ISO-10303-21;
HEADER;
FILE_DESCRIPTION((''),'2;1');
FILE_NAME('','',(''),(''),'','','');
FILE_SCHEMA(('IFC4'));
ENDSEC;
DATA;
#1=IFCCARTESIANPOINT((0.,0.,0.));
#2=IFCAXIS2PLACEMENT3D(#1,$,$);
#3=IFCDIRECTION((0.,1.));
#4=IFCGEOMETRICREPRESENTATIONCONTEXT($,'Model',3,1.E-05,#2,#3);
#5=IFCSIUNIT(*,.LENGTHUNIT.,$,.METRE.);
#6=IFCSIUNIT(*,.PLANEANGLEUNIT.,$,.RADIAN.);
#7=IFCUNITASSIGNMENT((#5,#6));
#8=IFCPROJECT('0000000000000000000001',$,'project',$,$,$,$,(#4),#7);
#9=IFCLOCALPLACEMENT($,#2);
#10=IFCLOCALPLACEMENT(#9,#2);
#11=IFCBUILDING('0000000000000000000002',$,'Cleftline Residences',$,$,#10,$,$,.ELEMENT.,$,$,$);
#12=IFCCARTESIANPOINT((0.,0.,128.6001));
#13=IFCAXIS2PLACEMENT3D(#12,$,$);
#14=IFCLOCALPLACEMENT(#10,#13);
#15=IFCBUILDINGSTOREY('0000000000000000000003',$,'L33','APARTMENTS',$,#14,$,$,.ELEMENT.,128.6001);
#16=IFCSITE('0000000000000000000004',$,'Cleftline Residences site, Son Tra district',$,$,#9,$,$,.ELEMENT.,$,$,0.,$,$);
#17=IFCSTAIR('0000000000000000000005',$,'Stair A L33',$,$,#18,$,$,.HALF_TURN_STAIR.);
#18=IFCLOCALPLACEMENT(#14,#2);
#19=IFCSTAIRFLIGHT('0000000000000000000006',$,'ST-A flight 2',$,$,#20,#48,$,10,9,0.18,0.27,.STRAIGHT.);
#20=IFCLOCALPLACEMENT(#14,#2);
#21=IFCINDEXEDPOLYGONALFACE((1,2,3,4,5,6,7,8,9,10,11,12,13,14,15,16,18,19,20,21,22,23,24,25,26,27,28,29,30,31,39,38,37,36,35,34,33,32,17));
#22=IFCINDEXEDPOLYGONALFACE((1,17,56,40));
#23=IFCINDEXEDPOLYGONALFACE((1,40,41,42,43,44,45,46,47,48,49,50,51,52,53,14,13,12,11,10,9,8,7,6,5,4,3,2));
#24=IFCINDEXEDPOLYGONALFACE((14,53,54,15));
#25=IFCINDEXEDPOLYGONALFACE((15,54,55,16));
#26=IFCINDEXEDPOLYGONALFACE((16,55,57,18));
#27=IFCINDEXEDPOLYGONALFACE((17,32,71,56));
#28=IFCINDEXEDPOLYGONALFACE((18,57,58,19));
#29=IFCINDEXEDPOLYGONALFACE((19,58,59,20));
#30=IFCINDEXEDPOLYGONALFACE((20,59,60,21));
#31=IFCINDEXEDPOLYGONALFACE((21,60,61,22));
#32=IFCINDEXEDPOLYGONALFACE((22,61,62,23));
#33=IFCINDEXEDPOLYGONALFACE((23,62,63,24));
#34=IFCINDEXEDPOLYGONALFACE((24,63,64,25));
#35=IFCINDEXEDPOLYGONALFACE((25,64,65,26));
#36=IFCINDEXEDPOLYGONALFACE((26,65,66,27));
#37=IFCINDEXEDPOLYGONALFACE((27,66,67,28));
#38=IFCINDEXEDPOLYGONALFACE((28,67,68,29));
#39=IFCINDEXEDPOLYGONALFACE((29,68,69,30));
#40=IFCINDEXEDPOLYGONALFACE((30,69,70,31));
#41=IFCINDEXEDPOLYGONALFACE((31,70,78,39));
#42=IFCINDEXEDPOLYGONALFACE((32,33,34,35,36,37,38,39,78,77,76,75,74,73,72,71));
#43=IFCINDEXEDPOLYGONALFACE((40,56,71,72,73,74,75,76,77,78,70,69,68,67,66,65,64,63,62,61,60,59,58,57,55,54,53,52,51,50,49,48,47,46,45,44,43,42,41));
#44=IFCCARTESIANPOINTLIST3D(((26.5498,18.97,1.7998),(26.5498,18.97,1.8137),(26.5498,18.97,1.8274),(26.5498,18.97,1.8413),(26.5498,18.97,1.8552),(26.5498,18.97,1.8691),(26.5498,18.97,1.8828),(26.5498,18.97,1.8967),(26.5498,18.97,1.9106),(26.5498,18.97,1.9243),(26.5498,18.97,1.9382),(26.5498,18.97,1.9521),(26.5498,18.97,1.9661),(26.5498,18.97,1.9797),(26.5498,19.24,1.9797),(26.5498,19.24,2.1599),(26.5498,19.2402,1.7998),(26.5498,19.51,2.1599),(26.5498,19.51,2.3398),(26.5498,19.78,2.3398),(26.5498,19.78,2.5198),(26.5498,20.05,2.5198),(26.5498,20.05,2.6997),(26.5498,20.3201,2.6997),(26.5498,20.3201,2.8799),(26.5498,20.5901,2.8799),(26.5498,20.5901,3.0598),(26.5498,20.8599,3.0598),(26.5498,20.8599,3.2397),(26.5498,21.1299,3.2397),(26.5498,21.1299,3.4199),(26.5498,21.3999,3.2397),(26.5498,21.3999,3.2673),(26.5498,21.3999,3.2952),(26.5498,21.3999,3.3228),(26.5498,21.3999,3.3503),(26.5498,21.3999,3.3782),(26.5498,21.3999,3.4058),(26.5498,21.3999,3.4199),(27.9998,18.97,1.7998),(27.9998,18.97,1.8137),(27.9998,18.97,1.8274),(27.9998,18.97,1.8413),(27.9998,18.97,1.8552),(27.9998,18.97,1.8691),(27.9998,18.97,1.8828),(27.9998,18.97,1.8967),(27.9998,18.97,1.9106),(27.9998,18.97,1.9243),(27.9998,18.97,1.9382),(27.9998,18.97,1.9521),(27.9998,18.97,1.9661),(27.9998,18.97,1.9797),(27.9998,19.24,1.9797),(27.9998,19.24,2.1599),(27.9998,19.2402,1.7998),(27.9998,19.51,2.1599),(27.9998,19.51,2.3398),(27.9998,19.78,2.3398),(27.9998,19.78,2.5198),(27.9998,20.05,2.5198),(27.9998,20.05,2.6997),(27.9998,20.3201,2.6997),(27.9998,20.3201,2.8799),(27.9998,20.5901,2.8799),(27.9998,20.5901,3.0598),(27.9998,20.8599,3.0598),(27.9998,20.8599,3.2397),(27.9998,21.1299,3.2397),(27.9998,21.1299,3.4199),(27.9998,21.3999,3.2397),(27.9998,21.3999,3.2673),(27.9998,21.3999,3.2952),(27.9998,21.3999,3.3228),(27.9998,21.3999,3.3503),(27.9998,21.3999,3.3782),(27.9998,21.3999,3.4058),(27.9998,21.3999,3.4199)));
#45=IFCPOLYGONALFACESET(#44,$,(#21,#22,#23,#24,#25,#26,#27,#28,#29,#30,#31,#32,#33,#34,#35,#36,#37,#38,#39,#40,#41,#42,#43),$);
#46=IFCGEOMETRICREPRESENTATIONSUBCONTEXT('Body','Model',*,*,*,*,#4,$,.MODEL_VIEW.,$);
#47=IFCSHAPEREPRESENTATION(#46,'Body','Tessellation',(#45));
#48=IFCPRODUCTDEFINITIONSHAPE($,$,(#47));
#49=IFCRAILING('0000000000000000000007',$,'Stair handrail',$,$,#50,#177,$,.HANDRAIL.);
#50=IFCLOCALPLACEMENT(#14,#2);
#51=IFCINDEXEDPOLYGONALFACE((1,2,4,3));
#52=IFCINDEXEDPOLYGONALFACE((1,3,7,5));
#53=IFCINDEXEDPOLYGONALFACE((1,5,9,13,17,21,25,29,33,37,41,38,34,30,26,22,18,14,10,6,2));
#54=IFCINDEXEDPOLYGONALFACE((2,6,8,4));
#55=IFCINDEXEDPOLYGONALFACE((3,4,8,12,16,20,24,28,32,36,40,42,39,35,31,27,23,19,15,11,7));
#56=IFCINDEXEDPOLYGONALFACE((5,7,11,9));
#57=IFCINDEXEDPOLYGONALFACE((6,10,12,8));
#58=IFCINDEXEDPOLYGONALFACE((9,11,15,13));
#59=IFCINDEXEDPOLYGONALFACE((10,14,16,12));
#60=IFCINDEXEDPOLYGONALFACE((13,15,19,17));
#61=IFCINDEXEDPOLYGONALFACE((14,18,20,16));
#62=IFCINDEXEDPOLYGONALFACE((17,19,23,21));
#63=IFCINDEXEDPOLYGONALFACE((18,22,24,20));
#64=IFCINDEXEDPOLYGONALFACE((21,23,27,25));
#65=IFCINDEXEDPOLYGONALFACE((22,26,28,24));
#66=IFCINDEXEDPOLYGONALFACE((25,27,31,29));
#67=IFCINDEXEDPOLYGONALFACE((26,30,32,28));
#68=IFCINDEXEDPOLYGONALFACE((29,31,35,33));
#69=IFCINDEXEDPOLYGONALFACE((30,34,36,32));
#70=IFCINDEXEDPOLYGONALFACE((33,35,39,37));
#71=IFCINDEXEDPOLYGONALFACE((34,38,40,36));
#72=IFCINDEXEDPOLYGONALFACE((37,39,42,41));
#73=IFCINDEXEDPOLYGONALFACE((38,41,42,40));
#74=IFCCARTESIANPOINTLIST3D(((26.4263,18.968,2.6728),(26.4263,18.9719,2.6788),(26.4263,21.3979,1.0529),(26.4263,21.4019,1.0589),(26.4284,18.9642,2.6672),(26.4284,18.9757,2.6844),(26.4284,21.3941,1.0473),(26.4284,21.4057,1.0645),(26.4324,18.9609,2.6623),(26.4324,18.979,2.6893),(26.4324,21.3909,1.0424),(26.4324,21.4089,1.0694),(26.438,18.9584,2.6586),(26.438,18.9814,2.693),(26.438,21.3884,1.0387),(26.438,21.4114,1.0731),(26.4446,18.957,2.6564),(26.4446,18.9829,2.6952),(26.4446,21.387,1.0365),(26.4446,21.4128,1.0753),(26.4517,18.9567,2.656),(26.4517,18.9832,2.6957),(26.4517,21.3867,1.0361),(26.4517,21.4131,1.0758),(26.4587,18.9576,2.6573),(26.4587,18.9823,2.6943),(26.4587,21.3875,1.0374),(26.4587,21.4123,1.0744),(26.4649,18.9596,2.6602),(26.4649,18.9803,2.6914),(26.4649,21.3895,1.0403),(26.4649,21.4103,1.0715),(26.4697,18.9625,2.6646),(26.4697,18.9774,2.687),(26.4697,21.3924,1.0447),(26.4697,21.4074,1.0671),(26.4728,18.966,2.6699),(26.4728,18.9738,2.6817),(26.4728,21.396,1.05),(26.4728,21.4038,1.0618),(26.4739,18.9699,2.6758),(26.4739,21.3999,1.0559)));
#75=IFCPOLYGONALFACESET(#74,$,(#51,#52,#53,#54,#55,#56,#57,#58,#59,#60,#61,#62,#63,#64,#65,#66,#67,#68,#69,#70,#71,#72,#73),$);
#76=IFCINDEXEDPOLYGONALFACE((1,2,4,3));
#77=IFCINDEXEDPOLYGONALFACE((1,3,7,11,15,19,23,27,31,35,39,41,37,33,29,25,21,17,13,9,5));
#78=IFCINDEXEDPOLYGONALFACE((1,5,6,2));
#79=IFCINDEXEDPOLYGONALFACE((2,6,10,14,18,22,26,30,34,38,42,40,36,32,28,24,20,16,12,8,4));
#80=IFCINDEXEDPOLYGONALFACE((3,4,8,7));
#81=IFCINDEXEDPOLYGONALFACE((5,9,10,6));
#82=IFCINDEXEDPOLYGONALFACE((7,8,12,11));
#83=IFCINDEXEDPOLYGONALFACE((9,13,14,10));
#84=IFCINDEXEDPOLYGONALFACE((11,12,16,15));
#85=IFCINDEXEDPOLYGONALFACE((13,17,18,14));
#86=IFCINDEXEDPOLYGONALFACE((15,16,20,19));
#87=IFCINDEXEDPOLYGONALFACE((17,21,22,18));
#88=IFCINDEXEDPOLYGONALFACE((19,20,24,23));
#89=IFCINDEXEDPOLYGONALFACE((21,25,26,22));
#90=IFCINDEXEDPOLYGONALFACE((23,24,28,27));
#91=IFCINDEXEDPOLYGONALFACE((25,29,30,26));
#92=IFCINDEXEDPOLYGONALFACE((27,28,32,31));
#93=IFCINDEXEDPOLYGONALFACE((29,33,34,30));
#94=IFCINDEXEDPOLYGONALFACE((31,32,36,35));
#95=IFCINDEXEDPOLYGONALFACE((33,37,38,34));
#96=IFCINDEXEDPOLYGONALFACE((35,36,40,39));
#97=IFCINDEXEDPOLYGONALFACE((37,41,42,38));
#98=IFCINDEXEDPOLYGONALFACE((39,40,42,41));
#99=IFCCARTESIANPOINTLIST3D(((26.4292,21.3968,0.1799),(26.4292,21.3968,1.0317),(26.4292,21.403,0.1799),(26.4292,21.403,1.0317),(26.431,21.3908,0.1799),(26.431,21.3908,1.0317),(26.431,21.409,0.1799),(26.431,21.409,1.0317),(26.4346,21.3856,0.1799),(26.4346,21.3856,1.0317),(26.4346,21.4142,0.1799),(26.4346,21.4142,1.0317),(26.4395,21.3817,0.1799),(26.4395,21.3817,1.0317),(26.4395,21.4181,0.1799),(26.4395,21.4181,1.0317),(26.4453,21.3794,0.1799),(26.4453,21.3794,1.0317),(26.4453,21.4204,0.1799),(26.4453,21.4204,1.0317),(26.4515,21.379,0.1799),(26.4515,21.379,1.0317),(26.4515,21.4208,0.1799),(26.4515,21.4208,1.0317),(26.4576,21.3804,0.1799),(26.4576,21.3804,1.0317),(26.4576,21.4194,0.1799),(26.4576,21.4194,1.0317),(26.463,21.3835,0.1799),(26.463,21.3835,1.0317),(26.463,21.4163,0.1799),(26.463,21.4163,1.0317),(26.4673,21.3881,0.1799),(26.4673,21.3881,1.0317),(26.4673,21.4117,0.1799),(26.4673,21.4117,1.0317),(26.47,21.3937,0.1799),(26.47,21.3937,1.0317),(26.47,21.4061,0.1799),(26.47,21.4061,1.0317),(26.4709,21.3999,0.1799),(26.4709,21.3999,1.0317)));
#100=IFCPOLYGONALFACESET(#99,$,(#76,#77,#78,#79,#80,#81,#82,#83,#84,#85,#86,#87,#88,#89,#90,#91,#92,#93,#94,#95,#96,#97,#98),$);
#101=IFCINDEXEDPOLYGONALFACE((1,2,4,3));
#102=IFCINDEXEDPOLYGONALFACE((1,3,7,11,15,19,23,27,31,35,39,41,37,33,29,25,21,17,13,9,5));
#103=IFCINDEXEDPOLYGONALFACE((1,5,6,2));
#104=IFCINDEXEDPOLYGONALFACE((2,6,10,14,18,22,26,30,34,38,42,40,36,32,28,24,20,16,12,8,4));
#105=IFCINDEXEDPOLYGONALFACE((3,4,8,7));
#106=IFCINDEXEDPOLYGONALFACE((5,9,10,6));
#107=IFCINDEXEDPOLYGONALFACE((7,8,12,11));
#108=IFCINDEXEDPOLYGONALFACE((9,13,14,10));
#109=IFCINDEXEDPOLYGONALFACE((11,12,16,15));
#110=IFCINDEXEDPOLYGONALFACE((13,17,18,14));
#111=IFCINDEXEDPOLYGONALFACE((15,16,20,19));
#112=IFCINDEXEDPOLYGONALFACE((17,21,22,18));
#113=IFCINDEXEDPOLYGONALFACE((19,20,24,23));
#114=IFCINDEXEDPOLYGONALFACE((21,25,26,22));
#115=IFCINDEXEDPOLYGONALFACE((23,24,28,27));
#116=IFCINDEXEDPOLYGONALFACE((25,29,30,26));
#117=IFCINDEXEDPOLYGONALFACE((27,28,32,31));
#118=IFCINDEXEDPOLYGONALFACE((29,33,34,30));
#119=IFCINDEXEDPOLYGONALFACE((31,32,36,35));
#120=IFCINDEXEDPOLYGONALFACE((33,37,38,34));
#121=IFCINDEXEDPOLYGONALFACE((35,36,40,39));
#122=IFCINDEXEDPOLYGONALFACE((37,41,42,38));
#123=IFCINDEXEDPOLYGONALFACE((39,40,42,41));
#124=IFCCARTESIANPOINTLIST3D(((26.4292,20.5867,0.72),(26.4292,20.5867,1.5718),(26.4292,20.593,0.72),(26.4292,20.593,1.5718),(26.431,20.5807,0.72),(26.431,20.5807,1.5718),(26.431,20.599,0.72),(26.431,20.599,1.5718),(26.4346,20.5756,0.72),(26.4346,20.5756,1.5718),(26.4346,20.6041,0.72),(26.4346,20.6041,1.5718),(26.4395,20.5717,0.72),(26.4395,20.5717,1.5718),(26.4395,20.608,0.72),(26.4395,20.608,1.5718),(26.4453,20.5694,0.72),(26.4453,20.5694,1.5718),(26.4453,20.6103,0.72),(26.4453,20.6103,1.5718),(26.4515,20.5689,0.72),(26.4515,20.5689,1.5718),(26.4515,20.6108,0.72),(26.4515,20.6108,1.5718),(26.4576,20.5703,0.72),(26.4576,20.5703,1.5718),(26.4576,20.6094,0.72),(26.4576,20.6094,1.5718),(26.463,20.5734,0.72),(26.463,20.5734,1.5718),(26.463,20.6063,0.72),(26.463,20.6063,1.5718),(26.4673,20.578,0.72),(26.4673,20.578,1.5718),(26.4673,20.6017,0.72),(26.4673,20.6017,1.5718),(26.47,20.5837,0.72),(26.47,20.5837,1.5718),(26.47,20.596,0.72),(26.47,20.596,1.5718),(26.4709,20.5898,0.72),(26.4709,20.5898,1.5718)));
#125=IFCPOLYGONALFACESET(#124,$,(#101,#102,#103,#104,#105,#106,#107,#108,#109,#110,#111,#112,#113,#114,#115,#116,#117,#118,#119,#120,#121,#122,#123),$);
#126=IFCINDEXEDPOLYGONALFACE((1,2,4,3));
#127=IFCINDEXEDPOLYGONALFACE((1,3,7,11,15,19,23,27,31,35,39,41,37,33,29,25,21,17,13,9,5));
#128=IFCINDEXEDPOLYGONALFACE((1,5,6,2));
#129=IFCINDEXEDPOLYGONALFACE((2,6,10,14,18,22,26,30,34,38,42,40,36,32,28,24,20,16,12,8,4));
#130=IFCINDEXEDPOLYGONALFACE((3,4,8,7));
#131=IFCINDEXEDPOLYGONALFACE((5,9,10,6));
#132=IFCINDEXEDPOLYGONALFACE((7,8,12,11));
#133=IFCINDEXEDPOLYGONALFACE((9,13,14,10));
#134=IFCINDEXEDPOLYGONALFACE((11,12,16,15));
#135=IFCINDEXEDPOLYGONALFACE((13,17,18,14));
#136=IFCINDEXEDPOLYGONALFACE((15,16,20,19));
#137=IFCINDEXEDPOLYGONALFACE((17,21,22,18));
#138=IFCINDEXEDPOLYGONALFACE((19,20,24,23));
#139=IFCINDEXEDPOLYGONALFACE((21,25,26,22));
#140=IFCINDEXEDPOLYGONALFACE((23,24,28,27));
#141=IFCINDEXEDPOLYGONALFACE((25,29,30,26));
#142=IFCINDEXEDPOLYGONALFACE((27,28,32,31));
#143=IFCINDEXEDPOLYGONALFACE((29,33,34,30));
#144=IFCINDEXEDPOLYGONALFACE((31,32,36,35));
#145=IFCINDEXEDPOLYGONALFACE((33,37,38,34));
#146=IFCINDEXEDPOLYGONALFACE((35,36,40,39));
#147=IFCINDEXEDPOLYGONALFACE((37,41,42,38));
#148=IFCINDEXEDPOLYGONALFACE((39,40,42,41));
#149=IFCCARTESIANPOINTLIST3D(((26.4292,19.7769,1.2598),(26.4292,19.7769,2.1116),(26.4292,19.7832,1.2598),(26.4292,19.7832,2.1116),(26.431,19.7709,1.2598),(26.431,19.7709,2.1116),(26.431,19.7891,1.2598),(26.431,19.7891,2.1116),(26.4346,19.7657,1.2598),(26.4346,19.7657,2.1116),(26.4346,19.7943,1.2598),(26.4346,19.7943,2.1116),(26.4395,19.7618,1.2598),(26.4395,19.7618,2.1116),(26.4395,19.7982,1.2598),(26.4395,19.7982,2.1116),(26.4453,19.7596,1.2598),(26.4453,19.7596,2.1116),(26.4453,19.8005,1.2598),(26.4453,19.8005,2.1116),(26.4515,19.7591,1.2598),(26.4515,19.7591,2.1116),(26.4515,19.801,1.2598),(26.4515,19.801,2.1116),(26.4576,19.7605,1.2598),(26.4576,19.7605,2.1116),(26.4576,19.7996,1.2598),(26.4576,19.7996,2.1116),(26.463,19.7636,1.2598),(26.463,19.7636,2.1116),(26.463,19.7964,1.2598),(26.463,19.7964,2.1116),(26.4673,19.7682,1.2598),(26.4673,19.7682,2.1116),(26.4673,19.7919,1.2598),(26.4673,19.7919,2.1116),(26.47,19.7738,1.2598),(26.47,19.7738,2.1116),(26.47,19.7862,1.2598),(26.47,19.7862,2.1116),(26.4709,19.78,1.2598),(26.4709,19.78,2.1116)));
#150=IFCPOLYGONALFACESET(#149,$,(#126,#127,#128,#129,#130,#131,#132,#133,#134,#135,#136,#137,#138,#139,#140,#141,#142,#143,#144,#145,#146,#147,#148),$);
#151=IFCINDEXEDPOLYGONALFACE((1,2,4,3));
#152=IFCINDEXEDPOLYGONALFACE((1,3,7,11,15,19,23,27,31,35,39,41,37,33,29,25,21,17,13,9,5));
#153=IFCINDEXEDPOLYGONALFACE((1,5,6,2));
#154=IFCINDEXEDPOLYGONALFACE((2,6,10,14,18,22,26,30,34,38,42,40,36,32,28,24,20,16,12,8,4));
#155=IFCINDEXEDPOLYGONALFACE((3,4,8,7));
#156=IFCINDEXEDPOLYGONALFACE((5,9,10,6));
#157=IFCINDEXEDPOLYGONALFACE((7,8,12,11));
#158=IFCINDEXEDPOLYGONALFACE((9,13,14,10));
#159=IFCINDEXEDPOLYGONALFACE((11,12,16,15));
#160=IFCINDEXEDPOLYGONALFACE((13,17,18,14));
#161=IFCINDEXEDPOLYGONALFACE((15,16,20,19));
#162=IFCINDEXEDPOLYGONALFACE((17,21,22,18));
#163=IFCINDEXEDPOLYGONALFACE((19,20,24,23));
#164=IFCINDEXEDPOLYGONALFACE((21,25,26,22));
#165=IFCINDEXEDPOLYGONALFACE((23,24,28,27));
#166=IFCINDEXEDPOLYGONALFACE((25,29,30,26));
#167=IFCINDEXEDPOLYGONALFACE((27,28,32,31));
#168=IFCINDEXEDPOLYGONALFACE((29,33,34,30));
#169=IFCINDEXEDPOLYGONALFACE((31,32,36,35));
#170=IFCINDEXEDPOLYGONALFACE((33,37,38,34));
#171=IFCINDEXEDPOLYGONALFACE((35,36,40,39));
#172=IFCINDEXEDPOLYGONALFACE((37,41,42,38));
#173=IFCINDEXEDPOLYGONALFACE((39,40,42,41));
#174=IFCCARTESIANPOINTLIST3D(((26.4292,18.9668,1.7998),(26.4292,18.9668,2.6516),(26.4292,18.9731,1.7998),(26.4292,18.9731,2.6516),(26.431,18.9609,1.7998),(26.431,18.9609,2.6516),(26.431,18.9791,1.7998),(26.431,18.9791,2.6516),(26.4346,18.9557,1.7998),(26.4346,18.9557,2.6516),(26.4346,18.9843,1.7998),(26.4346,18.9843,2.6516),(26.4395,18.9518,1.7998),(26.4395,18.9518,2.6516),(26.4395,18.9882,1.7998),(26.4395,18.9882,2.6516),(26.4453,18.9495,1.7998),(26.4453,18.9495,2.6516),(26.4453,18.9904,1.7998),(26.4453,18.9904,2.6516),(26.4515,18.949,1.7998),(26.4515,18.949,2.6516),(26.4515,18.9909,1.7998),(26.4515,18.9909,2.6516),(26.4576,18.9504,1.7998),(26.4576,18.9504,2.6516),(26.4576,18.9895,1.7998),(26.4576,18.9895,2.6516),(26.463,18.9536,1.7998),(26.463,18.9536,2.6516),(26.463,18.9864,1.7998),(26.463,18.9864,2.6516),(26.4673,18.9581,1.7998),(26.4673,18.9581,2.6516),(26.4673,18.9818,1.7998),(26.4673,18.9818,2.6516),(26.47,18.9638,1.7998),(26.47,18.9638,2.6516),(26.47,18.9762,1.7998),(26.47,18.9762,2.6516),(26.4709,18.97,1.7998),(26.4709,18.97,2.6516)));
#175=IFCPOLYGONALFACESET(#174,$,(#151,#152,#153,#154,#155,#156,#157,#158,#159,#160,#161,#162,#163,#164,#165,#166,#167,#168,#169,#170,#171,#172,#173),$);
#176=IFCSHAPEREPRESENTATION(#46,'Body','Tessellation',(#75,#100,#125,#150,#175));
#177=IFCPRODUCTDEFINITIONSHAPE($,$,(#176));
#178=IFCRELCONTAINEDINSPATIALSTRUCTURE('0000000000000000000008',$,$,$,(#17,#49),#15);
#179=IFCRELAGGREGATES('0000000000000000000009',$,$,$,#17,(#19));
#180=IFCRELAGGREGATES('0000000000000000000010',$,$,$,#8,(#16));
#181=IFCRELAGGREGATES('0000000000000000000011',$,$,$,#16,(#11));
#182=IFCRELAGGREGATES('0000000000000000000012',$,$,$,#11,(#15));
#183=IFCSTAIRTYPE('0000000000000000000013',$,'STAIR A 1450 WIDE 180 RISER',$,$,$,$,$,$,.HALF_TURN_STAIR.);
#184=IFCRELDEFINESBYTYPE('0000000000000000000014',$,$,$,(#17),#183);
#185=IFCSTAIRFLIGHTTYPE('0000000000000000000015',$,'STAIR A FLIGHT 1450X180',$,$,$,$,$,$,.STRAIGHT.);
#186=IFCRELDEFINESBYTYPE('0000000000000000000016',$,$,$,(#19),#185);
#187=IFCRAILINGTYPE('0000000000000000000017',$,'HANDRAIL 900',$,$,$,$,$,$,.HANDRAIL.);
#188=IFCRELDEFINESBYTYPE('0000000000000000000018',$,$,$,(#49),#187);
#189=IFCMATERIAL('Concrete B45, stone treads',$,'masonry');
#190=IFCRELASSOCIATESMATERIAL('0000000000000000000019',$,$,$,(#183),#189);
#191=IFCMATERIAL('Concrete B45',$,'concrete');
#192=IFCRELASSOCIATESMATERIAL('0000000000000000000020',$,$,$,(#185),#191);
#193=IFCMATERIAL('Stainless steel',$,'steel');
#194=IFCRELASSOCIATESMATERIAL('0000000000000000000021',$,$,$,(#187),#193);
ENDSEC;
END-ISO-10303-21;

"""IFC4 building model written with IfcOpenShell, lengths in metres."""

from ifc_helpers import new_model, si_unit, direction, frame, origin, origin_2d, place, context, subcontext, project, spatial, polyline, circle, outline, extrude, material, type_object, element, aggregate, save


model = new_model("IFC4")

# Units and contexts
model_context = context("Model", 3, precision=1e-05, world=origin(), true_north=direction((0.0, 1.0)))
body_context = subcontext(model_context, "Body", "Model", "MODEL_VIEW")
ifc_project = project(units=[si_unit("LENGTHUNIT", "METRE"), si_unit("PLANEANGLEUNIT", "RADIAN")], contexts=[model_context])

# Site, building, storey
site_placement = place(None, origin())
site = spatial("IfcSite", under=ifc_project, at=site_placement, Name="Cleftline Residences site, Son Tra district", CompositionType="ELEMENT", RefElevation=0.0)
building_placement = place(site_placement, origin())
building = spatial("IfcBuilding", under=site, at=building_placement, Name="Cleftline Residences", CompositionType="ELEMENT")
storey_placement = place(building_placement, frame((0.0, 0.0, 128.6001)))
storey = spatial("IfcBuildingStorey", under=building, at=storey_placement, Name="L33", Description="APARTMENTS", CompositionType="ELEMENT", Elevation=128.6001)

# Stair, stair flight
ifc_material_1 = material(Name="Concrete B45, stone treads", Category="masonry")
stair_type = type_object("IfcStairType", Name="STAIR A 1450 WIDE 180 RISER", PredefinedType="HALF_TURN_STAIR", material=ifc_material_1)
stair_placement = place(storey_placement, origin())
stair = element("IfcStair", 1, at=stair_placement, inside=storey, type_object=stair_type, Name="Stair A L33", PredefinedType="HALF_TURN_STAIR")
ifc_material_2 = material(Name="Concrete B45", Category="concrete")
stair_flight_type = type_object("IfcStairFlightType", Name="STAIR A FLIGHT 1450X180", PredefinedType="STRAIGHT", material=ifc_material_2)
stair_flight_1_placement = place(storey_placement, frame((27.2749, 18.97, 1.7998), z_axis=(0.0, 0.0, 1.0), x_axis=(0.0, 1.0, 0.0)))
stair_flight_1 = element("IfcStairFlight", 2, at=stair_flight_1_placement, type_object=stair_flight_type, Name="ST-A flight 2", NumberOfRisers=10, NumberOfTreads=9, PredefinedType="STRAIGHT", RiserHeight=0.18, TreadLength=0.27, context=body_context, shape_type="SweptSolid", body=[
    extrude(outline(polyline([(0.0, 0.0), (0.0, 0.0139), (0.0, 0.0276), (0.0, 0.0415), (0.0, 0.0554), (0.0, 0.0693), (0.0, 0.083), (0.0, 0.0969), (0.0, 0.1108), (0.0, 0.1245), (0.0, 0.1384), (0.0, 0.1523), (0.0, 0.1663), (0.0, 0.1799), (0.27, 0.1799), (0.27, 0.3601), (0.54, 0.3601), (0.54, 0.54), (0.8101, 0.54), (0.8101, 0.72), (1.0801, 0.72), (1.0801, 0.8999), (1.3501, 0.8999), (1.3501, 1.0801), (1.6201, 1.0801), (1.6201, 1.26), (1.8899, 1.26), (1.8899, 1.4399), (2.1599, 1.4399), (2.1599, 1.6201), (2.4299, 1.6201), (2.4299, 1.8), (2.4299, 1.7722), (2.4299, 1.7446), (2.4299, 1.7168), (2.4299, 1.6892), (2.4299, 1.6614), (2.4299, 1.6338), (2.4299, 1.606), (2.4299, 1.5784), (2.4299, 1.5505), (2.4299, 1.5229), (2.4299, 1.4954), (2.4299, 1.4675), (2.4299, 1.4399), (0.2703, 0.0), (0.0, 0.0)])), frame((0.0, 0.7251, 0.0), z_axis=(0.0, -1.0, 0.0), x_axis=(1.0, 0.0, 0.0)), (0.0, 0.0, 1.0), 1.45),
])
aggregate(stair, [stair_flight_1])

# Railing
ifc_material_3 = material(Name="Stainless steel", Category="steel")
railing_type = type_object("IfcRailingType", Name="HANDRAIL 900", PredefinedType="HANDRAIL", material=ifc_material_3)
railing_1_placement = place(storey_placement, frame((26.45, 21.3999, 0.1799)))
element("IfcRailing", 3, at=railing_1_placement, inside=storey, type_object=railing_type, Name="Stair handrail", PredefinedType="HANDRAIL", context=body_context, shape_type="SweptSolid", body=[
    extrude(circle(Radius=0.0239, at=origin_2d()), frame((0.0, 0.0, 0.876), z_axis=(0.0, -0.832063, 0.554681), x_axis=(1.0, 0.0, 0.0)), (0.0, 0.0, 1.0), 2.9204),
    extrude(circle(Radius=0.021, at=origin_2d()), origin(), (0.0, 0.0, 1.0), 0.8518),
    extrude(circle(Radius=0.021, at=origin_2d()), frame((0.0, -0.8101, 0.54)), (0.0, 0.0, 1.0), 0.8518),
    extrude(circle(Radius=0.021, at=origin_2d()), frame((0.0, -1.6199, 1.0798)), (0.0, 0.0, 1.0), 0.8518),
    extrude(circle(Radius=0.021, at=origin_2d()), frame((0.0, -2.4299, 1.6199)), (0.0, 0.0, 1.0), 0.8518),
])

save(model, "model.ifc")
